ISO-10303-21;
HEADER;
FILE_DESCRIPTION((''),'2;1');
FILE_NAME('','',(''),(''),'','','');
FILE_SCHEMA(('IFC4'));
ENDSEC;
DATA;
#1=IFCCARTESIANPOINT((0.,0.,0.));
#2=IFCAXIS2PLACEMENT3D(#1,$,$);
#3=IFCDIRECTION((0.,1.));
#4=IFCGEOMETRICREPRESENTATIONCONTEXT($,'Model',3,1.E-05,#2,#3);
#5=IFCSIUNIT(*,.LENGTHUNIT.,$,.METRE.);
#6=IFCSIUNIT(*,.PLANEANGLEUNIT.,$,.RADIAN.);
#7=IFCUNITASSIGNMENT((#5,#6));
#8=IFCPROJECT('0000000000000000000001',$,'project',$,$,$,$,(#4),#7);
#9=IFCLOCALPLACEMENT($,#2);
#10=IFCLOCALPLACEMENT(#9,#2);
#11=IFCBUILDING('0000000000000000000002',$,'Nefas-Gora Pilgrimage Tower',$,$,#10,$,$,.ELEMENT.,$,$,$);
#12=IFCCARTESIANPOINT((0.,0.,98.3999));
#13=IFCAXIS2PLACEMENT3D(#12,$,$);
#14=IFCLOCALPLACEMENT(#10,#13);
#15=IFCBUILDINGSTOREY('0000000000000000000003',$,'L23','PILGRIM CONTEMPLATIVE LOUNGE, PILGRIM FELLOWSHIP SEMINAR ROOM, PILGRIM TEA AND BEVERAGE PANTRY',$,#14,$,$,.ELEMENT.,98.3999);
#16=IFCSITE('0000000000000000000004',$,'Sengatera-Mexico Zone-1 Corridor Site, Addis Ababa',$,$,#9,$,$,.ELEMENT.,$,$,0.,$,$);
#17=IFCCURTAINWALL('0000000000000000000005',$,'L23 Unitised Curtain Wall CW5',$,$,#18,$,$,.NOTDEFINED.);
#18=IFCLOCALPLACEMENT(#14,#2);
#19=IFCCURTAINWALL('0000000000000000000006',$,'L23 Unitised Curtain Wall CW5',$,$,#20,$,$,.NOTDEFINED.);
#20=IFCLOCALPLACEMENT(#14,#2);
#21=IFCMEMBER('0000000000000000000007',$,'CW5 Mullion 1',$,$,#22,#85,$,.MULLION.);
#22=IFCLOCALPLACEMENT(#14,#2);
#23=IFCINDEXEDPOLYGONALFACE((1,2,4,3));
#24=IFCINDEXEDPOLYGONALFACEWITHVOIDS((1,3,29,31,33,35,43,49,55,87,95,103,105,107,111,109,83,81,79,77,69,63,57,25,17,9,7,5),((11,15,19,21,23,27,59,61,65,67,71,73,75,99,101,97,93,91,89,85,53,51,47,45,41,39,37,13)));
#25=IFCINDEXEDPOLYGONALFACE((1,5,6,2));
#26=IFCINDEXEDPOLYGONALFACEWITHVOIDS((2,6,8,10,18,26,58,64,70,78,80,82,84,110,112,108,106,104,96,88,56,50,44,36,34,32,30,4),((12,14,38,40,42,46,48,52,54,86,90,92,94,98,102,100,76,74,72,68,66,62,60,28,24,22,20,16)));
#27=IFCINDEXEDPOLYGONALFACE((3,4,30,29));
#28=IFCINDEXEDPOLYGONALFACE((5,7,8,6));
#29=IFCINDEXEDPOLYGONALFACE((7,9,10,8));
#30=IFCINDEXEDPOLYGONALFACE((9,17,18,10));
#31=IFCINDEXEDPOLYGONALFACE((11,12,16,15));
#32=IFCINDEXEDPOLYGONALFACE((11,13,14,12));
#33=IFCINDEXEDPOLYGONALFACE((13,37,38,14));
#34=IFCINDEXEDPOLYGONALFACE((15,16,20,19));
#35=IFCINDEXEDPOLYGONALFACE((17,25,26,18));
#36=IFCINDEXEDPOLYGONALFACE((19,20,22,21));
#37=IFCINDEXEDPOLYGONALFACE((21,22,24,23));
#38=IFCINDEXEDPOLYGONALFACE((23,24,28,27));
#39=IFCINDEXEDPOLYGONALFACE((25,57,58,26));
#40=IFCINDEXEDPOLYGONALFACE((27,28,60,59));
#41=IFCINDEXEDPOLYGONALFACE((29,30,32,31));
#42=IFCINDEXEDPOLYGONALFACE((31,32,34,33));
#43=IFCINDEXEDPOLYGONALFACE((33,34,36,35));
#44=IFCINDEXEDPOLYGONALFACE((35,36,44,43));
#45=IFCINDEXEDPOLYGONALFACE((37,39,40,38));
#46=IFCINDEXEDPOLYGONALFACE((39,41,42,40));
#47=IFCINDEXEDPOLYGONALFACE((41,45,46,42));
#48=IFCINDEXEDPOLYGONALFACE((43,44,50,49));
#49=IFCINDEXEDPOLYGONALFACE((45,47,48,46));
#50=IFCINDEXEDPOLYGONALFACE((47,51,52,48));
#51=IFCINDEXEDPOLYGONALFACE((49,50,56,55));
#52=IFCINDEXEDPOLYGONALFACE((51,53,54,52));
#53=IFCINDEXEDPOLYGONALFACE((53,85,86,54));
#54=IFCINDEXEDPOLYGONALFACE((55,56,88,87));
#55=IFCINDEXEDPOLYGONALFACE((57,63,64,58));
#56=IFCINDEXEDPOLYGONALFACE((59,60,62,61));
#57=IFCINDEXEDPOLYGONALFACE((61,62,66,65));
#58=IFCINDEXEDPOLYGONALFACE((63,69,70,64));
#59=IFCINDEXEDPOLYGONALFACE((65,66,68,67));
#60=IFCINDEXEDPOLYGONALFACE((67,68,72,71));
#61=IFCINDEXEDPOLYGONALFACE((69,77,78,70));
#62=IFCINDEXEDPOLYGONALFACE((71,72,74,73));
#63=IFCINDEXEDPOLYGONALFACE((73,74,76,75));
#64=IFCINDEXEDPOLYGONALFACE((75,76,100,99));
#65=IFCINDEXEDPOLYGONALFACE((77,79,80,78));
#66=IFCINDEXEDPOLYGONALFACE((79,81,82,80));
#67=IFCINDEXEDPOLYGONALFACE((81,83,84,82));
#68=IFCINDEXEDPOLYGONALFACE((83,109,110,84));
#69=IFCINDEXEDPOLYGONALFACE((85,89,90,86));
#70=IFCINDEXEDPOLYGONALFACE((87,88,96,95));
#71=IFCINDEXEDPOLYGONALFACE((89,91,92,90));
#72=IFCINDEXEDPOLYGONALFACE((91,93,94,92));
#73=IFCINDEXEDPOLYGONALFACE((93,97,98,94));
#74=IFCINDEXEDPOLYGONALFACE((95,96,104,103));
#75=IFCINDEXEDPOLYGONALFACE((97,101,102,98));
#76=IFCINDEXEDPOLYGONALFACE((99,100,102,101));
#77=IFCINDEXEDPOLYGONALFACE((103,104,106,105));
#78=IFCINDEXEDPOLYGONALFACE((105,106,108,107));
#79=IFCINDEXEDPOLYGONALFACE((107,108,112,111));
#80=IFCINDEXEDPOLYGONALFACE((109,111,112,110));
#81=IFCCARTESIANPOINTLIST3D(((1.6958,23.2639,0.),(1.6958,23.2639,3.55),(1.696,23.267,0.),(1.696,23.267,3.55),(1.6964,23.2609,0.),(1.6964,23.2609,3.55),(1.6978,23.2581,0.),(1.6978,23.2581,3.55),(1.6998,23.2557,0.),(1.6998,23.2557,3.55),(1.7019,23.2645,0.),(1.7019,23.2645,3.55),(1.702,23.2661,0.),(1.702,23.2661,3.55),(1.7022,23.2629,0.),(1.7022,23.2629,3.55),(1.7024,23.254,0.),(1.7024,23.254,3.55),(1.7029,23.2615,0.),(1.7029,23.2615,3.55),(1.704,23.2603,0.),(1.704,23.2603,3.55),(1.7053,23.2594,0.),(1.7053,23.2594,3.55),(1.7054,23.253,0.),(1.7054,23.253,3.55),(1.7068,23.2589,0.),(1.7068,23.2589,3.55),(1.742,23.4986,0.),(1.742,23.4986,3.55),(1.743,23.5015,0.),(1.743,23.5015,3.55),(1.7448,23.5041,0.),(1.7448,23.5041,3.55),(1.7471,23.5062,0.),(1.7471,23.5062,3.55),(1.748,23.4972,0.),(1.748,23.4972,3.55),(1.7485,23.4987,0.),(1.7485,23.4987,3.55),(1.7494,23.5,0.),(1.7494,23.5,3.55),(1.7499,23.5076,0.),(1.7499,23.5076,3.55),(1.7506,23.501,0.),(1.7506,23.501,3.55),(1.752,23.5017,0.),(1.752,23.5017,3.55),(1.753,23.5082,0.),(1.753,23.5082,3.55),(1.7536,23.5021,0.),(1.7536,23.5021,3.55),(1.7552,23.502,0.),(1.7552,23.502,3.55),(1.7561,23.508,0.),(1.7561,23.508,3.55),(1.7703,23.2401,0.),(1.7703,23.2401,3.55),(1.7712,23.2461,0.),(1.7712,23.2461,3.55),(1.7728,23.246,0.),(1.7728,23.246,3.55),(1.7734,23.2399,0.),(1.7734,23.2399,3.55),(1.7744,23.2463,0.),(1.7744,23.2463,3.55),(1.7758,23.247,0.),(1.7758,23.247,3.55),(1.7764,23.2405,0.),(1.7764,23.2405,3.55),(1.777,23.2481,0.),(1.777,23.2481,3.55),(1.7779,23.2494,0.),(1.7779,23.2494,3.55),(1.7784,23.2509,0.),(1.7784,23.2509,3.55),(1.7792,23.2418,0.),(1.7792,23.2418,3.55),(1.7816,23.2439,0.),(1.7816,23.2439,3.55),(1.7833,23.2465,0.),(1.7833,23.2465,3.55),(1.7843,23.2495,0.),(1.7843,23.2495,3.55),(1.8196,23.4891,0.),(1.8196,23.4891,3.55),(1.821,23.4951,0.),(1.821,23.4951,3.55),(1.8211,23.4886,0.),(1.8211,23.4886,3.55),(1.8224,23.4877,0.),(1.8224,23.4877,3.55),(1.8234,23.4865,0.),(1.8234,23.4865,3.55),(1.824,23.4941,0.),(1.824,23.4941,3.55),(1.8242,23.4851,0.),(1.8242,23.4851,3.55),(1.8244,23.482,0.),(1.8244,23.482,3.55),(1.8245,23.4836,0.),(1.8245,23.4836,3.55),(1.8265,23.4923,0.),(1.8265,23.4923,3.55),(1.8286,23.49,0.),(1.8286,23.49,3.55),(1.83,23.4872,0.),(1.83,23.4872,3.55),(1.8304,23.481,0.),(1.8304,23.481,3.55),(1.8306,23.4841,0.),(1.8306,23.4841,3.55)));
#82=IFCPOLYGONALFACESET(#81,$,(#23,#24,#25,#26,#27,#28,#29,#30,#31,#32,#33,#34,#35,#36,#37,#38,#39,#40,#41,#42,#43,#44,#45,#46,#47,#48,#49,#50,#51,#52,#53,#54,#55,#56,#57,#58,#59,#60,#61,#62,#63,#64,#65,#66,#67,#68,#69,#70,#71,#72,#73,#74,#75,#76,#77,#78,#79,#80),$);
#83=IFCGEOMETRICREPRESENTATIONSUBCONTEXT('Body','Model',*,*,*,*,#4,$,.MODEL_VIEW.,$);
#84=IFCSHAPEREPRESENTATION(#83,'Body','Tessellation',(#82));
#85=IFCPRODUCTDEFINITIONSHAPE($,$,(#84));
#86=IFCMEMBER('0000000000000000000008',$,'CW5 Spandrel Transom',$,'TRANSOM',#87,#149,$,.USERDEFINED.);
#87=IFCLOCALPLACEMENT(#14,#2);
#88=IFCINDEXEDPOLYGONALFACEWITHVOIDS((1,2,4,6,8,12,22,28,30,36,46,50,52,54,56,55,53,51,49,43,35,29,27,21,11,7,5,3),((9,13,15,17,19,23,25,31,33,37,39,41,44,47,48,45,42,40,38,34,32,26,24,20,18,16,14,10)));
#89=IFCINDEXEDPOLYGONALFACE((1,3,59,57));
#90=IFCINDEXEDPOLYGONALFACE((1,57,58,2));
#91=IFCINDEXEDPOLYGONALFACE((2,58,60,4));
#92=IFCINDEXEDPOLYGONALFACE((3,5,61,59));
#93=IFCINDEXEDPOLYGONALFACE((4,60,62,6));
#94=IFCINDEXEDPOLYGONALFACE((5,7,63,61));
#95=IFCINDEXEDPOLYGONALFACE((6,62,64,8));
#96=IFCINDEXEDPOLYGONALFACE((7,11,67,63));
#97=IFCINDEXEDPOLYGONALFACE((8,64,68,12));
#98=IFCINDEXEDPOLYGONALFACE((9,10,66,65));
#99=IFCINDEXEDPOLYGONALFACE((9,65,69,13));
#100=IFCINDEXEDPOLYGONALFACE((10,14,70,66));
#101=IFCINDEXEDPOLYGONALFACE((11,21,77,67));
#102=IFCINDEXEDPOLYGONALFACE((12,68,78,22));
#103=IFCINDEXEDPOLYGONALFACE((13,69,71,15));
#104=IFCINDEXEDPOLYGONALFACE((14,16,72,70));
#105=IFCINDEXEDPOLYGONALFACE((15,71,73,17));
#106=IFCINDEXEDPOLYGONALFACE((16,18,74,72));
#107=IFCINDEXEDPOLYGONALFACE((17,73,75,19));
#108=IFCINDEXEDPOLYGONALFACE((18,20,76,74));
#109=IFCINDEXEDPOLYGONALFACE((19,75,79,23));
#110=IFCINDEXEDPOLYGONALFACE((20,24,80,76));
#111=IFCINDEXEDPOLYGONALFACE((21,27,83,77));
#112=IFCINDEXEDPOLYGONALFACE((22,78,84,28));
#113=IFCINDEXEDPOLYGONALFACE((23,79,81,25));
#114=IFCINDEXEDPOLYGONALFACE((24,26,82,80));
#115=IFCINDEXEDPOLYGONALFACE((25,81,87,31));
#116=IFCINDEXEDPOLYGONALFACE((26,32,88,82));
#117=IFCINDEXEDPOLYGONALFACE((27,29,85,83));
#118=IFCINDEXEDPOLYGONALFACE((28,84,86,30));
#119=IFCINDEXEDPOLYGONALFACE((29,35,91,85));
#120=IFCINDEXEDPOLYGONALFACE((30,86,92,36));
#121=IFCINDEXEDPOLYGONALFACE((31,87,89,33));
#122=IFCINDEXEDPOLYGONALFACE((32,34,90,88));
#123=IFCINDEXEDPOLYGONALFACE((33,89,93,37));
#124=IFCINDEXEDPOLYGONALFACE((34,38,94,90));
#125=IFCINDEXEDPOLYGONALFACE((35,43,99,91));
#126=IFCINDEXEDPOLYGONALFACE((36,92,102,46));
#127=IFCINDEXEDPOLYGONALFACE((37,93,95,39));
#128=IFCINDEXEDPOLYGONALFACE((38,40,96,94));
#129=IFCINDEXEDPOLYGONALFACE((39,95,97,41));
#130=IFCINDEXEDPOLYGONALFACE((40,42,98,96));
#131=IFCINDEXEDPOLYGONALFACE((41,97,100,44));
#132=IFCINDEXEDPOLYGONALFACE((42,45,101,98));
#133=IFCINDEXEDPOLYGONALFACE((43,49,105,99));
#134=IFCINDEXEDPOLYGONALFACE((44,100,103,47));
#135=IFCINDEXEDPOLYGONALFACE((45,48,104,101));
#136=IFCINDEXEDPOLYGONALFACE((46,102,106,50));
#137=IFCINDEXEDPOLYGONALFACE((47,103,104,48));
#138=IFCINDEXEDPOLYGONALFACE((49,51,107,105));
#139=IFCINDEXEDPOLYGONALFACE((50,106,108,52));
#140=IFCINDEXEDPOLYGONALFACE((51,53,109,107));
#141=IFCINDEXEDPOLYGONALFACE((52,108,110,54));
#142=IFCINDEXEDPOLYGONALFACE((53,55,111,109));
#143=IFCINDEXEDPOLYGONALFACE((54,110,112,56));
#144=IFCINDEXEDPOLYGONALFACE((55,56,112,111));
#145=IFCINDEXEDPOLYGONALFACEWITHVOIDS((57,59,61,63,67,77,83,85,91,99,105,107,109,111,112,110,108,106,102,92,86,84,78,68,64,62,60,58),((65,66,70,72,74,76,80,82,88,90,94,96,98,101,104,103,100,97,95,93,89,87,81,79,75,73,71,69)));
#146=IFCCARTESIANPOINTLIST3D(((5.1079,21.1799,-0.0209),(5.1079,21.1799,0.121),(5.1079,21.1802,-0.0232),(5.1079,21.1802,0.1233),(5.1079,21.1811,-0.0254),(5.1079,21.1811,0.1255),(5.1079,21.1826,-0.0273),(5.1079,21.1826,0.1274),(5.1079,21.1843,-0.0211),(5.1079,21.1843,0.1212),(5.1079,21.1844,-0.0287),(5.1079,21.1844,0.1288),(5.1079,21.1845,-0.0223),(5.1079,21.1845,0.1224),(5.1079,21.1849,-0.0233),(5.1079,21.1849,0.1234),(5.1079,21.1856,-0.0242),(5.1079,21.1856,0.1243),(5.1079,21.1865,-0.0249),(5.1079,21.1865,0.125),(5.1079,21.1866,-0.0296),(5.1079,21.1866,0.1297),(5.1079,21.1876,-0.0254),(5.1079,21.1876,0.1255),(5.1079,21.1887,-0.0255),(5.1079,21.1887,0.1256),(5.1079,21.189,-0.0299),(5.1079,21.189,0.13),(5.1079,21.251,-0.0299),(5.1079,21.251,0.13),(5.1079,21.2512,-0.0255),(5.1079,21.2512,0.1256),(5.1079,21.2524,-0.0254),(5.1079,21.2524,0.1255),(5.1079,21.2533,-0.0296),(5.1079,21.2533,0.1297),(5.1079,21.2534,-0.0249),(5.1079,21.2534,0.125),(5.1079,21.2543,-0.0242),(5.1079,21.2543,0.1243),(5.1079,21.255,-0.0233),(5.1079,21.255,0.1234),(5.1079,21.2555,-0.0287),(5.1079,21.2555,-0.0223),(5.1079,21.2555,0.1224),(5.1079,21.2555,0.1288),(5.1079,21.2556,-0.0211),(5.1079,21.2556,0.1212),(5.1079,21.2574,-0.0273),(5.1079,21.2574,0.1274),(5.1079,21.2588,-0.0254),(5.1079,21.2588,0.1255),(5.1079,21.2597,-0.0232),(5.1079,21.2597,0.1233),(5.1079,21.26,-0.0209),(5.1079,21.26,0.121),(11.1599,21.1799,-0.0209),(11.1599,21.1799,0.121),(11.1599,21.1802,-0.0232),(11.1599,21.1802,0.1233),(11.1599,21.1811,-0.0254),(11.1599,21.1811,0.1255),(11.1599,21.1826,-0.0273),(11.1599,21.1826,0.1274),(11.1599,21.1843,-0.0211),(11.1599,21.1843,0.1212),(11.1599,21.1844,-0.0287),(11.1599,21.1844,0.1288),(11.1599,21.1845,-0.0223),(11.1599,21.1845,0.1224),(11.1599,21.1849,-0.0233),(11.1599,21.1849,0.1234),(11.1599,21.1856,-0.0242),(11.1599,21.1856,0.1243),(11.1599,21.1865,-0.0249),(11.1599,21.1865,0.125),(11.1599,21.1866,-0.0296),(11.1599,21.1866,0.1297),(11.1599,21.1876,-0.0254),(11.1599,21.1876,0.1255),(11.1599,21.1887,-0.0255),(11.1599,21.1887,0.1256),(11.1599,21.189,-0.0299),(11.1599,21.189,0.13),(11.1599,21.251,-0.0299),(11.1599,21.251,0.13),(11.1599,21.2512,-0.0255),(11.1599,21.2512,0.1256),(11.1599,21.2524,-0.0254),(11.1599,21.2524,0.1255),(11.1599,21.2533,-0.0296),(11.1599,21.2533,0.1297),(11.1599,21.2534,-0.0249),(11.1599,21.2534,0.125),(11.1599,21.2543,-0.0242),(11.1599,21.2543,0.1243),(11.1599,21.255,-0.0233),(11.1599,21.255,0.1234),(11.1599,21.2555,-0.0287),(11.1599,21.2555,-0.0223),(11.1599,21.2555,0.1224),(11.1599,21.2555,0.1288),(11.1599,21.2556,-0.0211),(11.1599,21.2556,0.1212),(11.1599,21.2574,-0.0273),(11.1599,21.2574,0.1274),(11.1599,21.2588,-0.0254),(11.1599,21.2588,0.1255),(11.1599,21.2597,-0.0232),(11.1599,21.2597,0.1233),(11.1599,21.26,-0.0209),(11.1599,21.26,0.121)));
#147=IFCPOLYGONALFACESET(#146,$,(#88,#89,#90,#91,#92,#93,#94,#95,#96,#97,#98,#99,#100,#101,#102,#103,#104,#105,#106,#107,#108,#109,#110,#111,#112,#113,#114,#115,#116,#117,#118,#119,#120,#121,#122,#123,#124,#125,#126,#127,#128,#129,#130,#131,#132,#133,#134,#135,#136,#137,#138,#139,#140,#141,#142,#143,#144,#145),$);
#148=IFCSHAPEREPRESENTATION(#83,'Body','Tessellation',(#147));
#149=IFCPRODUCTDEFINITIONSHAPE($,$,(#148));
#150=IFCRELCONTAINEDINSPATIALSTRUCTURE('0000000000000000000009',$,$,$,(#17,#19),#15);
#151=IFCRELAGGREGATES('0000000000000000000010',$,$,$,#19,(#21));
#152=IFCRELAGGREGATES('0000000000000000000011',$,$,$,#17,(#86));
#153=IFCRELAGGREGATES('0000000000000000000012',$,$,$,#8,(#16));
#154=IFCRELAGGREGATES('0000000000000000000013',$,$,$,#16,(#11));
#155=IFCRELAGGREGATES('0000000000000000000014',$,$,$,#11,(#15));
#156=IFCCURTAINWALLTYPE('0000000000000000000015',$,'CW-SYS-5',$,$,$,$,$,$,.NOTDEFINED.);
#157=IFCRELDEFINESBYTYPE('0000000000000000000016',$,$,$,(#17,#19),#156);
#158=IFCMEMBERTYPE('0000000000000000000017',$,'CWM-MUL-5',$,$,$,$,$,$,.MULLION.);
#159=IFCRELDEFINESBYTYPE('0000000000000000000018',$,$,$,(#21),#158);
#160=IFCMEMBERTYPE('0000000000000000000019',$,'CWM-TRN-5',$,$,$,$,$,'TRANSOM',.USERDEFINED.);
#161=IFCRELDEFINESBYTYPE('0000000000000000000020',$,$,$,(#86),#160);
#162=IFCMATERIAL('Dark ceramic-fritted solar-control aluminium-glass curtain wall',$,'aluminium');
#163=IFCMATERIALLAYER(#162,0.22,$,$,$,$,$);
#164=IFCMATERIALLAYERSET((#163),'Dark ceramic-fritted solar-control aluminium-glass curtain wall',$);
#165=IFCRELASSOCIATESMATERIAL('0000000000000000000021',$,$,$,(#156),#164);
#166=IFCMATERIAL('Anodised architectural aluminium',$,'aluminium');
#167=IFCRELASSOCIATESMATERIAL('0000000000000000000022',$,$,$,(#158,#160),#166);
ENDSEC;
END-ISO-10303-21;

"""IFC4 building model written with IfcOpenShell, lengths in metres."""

from ifc_helpers import new_model, si_unit, direction, frame, origin, origin_2d, place, context, subcontext, project, spatial, hollow_rectangle, extrude, source, transform, mapped, material, layer, layer_set, material_profile, profile_set, type_object, element, aggregate, save


model = new_model("IFC4")

# Units and contexts
model_context = context("Model", 3, precision=1e-05, world=origin(), true_north=direction((0.0, 1.0)))
body_context = subcontext(model_context, "Body", "Model", "MODEL_VIEW")
ifc_project = project(units=[si_unit("LENGTHUNIT", "METRE"), si_unit("PLANEANGLEUNIT", "RADIAN")], contexts=[model_context])

# Site, building, storey
site_placement = place(None, origin())
site = spatial("IfcSite", under=ifc_project, at=site_placement, Name="Sengatera-Mexico Zone-1 Corridor Site, Addis Ababa", CompositionType="ELEMENT", RefElevation=0.0)
building_placement = place(site_placement, origin())
building = spatial("IfcBuilding", under=site, at=building_placement, Name="Nefas-Gora Pilgrimage Tower", CompositionType="ELEMENT")
storey_placement = place(building_placement, frame((0.0, 0.0, 98.3999)))
storey = spatial("IfcBuildingStorey", under=building, at=storey_placement, Name="L23", Description="PILGRIM CONTEMPLATIVE LOUNGE, PILGRIM FELLOWSHIP SEMINAR ROOM, PILGRIM TEA AND BEVERAGE PANTRY", CompositionType="ELEMENT", Elevation=98.3999)

# Curtain wall
ifc_material_1 = material(Name="Dark ceramic-fritted solar-control aluminium-glass curtain wall", Category="aluminium")
ifc_layer_1 = layer(ifc_material_1, 0.22)
ifc_layer_set_1 = layer_set([ifc_layer_1], Name="Dark ceramic-fritted solar-control aluminium-glass curtain wall")
curtain_wall_type_1 = type_object("IfcCurtainWallType", Name="CW-SYS-5", PredefinedType="NOTDEFINED", material=ifc_layer_set_1)
curtain_wall_1_placement = place(storey_placement, origin())
curtain_wall_1 = element("IfcCurtainWall", 1, at=curtain_wall_1_placement, inside=storey, type_object=curtain_wall_type_1, Name="L23 Unitised Curtain Wall CW5", PredefinedType="NOTDEFINED")
ifc_material_2 = material(Name="Anodised architectural aluminium", Category="aluminium")
ifc_material_profile_1 = material_profile(ifc_material_2, hollow_rectangle(XDim=0.0901, YDim=0.26, WallThickness=0.0061, InnerFilletRadius=0.0061, OuterFilletRadius=0.012, at=origin_2d()), Name="ALU MULLION 90x260")
ifc_profile_set_1 = profile_set([ifc_material_profile_1], Name="Anodised architectural aluminium")
member_type_1 = type_object("IfcMemberType", Name="CWM-MUL-5", PredefinedType="MULLION", material=ifc_profile_set_1)
shared_shape_1 = source(origin(), body_context, "Body", "SweptSolid", [
    extrude(hollow_rectangle(XDim=0.0901, YDim=0.26, WallThickness=0.0061, InnerFilletRadius=0.0061, OuterFilletRadius=0.012, at=origin_2d()), origin(), (0.0, 0.0, 1.0), 3.55),
])

# Curtain wall, member
curtain_wall_2_placement = place(storey_placement, origin())
curtain_wall_2 = element("IfcCurtainWall", 2, at=curtain_wall_2_placement, inside=storey, type_object=curtain_wall_type_1, Name="L23 Unitised Curtain Wall CW5", PredefinedType="NOTDEFINED")
member_1_placement = place(storey_placement, frame((1.7632, 23.374, 0.0), z_axis=(0.0, 0.0, 1.0), x_axis=(-0.980783, 0.195102, 0.0)))
member_1 = element("IfcMember", 3, at=member_1_placement, type_object=member_type_1, Name="CW5 Mullion 1", PredefinedType="MULLION", context=body_context, shape_type="MappedRepresentation", body=[
    mapped(shared_shape_1, transform((0.0, 0.0, 0.0), x_axis=(1.0, 0.0, 0.0), y_axis=(0.0, 1.0, 0.0), z_axis=(0.0, 0.0, 1.0), scale=1.0)),
])

# Member
ifc_material_profile_2 = material_profile(ifc_material_2, hollow_rectangle(XDim=0.0801, YDim=0.1599, WallThickness=0.0044, InnerFilletRadius=0.0044, OuterFilletRadius=0.009, at=origin_2d()), Name="ALU TRANSOM 80x160")
ifc_profile_set_2 = profile_set([ifc_material_profile_2], Name="Anodised architectural aluminium")
member_type_2 = type_object("IfcMemberType", Name="CWM-TRN-5", ElementType="TRANSOM", PredefinedType="USERDEFINED", material=ifc_profile_set_2)
shared_shape_2 = source(origin(), body_context, "Body", "SweptSolid", [
    extrude(hollow_rectangle(XDim=0.0801, YDim=0.1599, WallThickness=0.0044, InnerFilletRadius=0.0044, OuterFilletRadius=0.009, at=origin_2d()), origin(), (0.0, 0.0, 1.0), 6.052),
])
member_2_placement = place(storey_placement, frame((11.1599, 21.22, 0.05), z_axis=(-1.0, 0.0, 0.0), x_axis=(0.0, -1.0, 0.0)))
member_2 = element("IfcMember", 4, at=member_2_placement, type_object=member_type_2, Name="CW5 Spandrel Transom", ObjectType="TRANSOM", PredefinedType="USERDEFINED", context=body_context, shape_type="MappedRepresentation", body=[
    mapped(shared_shape_2, transform((0.0, 0.0, 0.0), x_axis=(1.0, 0.0, 0.0), y_axis=(0.0, 1.0, 0.0), z_axis=(0.0, 0.0, 1.0), scale=1.0)),
])

aggregate(curtain_wall_2, [member_1])

aggregate(curtain_wall_1, [member_2])

save(model, "model.ifc")
